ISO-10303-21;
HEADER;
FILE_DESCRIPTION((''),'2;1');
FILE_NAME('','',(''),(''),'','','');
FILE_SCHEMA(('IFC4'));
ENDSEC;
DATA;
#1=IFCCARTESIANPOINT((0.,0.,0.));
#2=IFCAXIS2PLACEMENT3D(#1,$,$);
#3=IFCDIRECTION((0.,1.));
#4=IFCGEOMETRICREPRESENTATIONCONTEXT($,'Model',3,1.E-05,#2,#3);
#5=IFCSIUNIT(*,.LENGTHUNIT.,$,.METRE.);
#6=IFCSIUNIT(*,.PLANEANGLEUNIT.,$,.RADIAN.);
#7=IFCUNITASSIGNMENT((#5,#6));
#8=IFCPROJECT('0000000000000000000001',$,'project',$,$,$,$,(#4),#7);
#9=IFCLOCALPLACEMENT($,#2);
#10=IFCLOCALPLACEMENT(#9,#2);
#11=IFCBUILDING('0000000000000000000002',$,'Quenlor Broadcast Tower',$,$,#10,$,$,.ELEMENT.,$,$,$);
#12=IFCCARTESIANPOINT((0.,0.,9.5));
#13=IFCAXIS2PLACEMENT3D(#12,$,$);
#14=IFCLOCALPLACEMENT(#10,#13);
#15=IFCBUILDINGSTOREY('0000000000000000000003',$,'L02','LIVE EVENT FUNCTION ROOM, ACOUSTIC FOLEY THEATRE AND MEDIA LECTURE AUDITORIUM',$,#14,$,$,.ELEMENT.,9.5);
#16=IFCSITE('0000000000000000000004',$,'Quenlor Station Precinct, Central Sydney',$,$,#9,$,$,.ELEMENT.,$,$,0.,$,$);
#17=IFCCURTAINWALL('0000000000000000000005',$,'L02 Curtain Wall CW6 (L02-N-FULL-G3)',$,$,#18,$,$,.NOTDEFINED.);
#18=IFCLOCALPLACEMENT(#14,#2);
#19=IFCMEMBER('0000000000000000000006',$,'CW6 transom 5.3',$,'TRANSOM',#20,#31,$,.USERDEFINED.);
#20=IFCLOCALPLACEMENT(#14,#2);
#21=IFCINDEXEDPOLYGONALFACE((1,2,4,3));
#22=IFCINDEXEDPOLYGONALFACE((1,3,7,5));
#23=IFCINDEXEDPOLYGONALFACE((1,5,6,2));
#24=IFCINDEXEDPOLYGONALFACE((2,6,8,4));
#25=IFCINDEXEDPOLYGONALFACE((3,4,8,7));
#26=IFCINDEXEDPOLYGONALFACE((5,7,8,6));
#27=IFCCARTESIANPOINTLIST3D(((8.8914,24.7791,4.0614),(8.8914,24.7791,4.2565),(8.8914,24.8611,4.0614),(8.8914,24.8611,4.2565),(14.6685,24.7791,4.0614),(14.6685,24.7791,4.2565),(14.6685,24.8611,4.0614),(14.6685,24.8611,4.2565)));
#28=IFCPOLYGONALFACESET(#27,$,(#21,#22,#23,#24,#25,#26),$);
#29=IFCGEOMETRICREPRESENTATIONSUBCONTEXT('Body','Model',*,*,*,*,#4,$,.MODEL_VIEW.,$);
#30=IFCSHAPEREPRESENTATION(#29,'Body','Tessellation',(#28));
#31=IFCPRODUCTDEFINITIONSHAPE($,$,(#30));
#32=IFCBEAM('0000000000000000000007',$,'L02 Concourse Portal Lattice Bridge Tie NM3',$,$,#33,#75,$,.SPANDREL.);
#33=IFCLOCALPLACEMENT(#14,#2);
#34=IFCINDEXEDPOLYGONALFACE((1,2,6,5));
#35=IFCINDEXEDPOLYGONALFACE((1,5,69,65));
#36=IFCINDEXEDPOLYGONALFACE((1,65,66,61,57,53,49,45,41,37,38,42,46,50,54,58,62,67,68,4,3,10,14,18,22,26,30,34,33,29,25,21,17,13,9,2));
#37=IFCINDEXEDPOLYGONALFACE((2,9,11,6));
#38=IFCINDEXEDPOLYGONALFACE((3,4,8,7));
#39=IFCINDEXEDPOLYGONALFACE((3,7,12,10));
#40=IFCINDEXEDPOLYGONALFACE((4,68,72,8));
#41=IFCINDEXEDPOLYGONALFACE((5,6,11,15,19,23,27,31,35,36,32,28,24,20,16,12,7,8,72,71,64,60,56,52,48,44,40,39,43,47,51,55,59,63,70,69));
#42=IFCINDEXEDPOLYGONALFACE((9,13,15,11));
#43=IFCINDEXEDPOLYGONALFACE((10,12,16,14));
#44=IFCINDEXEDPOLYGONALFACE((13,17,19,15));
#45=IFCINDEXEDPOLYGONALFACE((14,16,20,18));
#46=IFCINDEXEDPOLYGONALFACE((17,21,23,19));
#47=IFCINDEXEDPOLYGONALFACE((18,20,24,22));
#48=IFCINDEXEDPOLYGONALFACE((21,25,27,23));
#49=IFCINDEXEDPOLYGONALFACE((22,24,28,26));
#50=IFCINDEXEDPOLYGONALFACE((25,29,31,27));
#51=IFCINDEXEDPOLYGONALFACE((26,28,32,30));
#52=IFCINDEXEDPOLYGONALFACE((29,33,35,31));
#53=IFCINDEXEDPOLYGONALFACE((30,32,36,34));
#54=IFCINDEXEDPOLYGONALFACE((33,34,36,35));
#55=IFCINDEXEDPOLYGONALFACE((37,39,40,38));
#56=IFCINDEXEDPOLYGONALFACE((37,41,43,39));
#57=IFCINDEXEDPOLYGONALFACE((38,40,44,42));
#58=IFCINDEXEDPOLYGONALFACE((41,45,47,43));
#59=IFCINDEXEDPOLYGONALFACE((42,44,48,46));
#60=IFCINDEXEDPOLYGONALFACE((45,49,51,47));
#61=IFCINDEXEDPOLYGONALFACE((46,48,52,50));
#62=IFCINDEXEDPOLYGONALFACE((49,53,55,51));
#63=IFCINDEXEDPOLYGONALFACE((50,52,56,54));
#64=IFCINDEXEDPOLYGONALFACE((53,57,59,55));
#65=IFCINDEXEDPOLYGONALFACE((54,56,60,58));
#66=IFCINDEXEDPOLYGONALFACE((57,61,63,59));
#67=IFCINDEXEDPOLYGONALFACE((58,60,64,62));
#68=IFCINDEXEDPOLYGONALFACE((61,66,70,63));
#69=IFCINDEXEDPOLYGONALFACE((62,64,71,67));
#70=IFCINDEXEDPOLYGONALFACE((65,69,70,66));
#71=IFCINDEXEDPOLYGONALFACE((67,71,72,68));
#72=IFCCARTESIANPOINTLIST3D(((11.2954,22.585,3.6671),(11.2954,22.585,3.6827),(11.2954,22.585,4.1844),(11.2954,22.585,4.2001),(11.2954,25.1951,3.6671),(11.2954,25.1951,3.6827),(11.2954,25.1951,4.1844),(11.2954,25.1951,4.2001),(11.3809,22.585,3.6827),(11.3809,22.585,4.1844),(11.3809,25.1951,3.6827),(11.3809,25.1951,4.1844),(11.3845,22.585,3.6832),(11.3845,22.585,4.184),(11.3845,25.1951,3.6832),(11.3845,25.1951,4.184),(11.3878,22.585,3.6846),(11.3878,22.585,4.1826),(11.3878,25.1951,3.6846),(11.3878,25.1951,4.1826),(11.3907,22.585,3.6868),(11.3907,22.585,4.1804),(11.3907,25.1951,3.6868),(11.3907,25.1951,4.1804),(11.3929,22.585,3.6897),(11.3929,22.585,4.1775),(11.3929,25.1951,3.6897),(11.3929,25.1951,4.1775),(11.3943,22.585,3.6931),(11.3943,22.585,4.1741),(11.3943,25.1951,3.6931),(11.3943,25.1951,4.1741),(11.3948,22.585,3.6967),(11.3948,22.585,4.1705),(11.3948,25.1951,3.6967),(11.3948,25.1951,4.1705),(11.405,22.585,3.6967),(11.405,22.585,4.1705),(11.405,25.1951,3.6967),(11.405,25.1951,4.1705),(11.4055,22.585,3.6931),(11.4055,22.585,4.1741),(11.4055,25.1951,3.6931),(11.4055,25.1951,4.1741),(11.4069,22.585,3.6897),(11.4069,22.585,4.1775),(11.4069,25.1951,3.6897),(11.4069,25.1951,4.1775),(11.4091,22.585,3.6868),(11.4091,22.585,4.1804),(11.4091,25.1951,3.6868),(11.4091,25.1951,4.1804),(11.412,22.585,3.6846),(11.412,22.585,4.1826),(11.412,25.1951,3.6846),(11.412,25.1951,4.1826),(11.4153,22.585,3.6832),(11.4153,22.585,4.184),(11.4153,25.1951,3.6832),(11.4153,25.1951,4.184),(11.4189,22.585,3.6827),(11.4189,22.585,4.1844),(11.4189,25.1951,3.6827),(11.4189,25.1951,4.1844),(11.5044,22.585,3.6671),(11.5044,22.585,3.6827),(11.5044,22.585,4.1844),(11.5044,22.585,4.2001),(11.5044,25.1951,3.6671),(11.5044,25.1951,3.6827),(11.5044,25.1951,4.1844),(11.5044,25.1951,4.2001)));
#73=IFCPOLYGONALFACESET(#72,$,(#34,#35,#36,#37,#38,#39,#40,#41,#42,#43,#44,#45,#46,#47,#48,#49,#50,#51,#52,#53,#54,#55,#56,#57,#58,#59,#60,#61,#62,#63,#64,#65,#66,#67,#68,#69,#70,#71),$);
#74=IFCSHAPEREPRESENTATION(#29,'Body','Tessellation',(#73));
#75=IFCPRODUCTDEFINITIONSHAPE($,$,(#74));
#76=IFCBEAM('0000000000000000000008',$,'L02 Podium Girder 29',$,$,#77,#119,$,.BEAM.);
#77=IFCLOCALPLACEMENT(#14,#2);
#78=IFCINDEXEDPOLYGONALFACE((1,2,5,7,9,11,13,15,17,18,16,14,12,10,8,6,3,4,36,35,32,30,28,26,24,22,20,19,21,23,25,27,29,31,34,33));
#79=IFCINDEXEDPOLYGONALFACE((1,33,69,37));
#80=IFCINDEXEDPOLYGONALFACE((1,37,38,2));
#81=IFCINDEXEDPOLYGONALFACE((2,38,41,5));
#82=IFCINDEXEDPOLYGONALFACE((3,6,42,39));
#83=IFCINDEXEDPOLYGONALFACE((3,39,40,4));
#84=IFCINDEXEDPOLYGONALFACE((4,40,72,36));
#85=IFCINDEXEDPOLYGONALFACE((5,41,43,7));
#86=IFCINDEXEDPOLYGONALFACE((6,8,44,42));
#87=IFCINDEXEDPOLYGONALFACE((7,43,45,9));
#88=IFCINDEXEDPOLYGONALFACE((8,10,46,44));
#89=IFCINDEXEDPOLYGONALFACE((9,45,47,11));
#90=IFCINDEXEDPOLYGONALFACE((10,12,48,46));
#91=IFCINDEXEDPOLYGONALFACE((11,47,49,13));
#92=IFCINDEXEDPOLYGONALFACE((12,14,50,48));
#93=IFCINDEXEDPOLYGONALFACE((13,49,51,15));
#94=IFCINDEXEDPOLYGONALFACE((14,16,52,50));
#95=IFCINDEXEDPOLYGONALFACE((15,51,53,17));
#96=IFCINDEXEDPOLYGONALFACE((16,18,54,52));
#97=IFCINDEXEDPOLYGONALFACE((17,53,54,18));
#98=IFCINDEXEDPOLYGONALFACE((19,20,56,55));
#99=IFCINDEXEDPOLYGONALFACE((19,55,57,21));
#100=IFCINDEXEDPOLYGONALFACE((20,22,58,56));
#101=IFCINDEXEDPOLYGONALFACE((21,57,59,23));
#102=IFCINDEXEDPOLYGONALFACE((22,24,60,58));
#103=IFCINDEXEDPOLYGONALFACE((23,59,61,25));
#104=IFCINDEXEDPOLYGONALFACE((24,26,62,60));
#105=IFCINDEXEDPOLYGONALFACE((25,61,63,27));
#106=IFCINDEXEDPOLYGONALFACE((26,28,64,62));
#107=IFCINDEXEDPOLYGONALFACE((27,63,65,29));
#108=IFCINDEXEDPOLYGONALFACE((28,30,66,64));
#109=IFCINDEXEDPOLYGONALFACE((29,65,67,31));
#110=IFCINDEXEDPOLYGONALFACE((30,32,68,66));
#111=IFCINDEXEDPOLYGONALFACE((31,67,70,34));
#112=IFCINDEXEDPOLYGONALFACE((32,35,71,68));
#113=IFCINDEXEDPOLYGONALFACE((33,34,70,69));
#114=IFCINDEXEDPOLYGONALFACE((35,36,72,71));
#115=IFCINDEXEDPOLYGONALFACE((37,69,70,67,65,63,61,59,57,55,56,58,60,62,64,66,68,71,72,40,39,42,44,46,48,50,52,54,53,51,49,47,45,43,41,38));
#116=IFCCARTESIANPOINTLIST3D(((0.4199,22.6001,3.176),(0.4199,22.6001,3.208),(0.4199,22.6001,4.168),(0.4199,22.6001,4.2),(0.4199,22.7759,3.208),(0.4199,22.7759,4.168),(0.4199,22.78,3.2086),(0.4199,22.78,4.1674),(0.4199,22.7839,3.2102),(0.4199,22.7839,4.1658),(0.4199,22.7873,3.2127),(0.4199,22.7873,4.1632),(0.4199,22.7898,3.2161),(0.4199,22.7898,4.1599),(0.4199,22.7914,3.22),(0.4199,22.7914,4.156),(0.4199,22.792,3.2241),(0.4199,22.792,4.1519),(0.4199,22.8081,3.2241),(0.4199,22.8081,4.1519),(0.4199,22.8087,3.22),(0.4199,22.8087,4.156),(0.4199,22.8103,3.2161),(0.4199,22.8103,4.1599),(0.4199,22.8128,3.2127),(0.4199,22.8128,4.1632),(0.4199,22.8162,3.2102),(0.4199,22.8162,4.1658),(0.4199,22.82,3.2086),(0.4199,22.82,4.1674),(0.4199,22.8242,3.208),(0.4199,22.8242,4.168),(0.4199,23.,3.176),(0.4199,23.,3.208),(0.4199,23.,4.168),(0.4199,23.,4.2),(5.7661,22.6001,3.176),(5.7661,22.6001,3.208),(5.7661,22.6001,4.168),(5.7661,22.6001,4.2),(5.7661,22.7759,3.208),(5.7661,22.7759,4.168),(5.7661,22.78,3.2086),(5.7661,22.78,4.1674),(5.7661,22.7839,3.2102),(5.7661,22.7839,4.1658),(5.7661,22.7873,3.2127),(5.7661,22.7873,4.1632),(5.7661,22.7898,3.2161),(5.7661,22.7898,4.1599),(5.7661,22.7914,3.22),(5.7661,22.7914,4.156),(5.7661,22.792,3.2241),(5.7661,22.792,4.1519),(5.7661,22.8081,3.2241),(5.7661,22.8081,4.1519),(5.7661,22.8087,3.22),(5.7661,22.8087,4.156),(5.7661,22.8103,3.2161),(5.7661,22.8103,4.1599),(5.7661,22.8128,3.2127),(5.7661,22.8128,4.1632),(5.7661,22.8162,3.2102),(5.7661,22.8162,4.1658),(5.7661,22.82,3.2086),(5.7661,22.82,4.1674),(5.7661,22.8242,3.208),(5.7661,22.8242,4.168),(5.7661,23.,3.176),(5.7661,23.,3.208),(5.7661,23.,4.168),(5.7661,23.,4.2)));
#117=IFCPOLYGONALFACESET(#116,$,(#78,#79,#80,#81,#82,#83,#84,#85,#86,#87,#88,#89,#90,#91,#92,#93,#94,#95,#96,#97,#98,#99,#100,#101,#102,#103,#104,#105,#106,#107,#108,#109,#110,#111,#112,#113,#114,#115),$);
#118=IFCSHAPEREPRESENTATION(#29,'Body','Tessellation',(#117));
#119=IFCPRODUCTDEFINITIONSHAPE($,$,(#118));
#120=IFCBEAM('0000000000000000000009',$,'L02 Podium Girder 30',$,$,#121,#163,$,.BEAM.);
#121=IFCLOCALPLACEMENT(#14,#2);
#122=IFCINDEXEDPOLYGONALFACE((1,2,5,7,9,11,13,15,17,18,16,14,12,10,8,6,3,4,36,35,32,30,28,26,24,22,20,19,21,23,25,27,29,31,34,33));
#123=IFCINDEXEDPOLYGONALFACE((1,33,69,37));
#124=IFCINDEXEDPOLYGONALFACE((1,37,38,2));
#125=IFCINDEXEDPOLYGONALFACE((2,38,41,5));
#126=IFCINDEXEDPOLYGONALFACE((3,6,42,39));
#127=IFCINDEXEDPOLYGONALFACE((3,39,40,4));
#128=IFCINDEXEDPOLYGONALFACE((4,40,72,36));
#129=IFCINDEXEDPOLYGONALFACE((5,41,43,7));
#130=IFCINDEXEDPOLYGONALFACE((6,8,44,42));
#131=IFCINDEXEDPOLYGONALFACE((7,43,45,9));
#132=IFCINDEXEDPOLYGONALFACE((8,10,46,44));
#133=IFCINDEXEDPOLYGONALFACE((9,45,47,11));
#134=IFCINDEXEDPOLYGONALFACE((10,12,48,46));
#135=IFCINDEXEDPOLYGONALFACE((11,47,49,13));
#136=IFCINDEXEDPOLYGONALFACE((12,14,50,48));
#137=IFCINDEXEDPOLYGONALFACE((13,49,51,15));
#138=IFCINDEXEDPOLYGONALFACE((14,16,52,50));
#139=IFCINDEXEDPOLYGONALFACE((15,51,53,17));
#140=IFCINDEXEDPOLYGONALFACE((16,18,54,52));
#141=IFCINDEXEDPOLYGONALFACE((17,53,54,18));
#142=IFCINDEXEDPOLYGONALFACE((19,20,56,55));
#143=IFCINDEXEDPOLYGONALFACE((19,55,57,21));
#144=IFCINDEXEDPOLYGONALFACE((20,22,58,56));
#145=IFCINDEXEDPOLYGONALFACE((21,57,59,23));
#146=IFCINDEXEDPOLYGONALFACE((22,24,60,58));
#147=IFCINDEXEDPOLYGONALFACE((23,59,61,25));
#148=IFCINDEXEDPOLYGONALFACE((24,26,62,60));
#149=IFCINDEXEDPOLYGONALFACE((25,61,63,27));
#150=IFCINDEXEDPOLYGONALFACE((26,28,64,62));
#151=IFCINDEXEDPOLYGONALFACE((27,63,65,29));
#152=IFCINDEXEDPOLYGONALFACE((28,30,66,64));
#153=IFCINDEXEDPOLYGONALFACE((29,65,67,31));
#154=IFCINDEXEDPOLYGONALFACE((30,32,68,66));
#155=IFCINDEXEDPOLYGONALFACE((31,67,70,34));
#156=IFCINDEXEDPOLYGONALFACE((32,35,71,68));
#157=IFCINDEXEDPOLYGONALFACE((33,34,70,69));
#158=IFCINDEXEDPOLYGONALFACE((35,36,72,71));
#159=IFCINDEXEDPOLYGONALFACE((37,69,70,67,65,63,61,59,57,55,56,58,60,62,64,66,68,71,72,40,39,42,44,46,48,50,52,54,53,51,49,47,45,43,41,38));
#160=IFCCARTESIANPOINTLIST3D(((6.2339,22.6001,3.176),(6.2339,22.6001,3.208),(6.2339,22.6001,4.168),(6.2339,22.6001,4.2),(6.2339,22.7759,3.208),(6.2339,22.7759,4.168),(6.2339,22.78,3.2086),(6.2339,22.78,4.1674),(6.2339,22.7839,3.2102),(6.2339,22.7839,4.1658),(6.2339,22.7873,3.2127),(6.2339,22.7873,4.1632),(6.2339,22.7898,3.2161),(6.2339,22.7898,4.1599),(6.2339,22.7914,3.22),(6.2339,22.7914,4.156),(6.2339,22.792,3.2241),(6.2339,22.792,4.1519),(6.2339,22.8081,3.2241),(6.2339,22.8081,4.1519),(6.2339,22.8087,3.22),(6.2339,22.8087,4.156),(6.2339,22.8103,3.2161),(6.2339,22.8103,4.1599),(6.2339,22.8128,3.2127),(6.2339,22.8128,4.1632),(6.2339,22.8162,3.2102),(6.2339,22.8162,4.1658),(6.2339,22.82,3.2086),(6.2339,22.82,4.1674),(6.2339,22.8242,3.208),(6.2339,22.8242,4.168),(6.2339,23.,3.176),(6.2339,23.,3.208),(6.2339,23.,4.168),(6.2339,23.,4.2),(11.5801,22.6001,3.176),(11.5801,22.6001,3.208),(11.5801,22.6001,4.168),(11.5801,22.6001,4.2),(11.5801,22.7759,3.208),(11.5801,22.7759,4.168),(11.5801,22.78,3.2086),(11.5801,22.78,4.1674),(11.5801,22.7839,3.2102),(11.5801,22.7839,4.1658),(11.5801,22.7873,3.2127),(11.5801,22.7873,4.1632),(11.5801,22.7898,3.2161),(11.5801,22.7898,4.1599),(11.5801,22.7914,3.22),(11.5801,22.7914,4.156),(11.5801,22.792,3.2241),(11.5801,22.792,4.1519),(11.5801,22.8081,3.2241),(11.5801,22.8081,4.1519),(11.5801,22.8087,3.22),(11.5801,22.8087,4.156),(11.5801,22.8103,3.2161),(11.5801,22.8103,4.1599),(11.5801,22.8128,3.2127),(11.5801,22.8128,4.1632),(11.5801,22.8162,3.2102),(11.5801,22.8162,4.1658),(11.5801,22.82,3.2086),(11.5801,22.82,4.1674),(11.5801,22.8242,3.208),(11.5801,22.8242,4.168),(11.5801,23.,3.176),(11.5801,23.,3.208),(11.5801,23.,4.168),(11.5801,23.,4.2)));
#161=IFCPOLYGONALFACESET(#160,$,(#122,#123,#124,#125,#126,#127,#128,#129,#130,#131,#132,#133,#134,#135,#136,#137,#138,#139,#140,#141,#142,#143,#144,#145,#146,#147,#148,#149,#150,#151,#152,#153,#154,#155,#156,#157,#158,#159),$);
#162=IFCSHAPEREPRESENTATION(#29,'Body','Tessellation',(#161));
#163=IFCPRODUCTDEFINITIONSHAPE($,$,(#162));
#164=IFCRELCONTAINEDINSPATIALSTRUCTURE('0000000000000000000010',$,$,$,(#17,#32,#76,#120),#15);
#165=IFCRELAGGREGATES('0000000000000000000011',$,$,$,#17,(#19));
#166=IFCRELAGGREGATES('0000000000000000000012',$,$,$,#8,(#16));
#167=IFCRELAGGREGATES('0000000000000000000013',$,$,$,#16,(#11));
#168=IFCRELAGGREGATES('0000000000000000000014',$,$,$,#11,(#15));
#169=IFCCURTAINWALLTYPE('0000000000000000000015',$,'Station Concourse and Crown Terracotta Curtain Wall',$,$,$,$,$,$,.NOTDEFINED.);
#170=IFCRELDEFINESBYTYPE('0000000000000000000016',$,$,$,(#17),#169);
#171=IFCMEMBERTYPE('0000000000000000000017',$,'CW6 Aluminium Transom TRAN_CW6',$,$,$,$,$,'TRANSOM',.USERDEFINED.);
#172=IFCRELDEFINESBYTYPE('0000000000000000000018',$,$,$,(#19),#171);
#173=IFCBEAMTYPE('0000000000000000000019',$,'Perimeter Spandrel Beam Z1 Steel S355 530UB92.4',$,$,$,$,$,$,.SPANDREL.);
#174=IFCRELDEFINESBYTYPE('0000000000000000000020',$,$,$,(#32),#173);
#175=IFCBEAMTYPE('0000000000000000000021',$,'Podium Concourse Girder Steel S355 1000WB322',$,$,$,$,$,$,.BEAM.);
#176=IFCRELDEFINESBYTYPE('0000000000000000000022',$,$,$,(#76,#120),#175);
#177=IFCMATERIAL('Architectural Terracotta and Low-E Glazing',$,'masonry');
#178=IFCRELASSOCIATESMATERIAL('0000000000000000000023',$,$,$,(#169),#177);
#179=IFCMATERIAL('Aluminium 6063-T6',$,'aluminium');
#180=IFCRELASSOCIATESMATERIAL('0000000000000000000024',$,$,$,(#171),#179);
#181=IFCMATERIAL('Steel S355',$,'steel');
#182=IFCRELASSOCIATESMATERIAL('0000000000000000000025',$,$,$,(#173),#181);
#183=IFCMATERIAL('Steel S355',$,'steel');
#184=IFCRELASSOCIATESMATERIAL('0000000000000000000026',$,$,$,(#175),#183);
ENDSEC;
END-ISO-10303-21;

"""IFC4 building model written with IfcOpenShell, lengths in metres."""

from ifc_helpers import new_model, si_unit, direction, frame, origin, origin_2d, place, context, subcontext, project, spatial, rectangle, i_section, extrude, material, material_profile, profile_set, type_object, element, aggregate, save


model = new_model("IFC4")

# Units and contexts
model_context = context("Model", 3, precision=1e-05, world=origin(), true_north=direction((0.0, 1.0)))
body_context = subcontext(model_context, "Body", "Model", "MODEL_VIEW")
ifc_project = project(units=[si_unit("LENGTHUNIT", "METRE"), si_unit("PLANEANGLEUNIT", "RADIAN")], contexts=[model_context])

# Site, building, storey
site_placement = place(None, origin())
site = spatial("IfcSite", under=ifc_project, at=site_placement, Name="Quenlor Station Precinct, Central Sydney", CompositionType="ELEMENT", RefElevation=0.0)
building_placement = place(site_placement, origin())
building = spatial("IfcBuilding", under=site, at=building_placement, Name="Quenlor Broadcast Tower", CompositionType="ELEMENT")
storey_placement = place(building_placement, frame((0.0, 0.0, 9.5)))
storey = spatial("IfcBuildingStorey", under=building, at=storey_placement, Name="L02", Description="LIVE EVENT FUNCTION ROOM, ACOUSTIC FOLEY THEATRE AND MEDIA LECTURE AUDITORIUM", CompositionType="ELEMENT", Elevation=9.5)

# Curtain wall, member
ifc_material_1 = material(Name="Architectural Terracotta and Low-E Glazing", Category="masonry")
curtain_wall_type = type_object("IfcCurtainWallType", Name="Station Concourse and Crown Terracotta Curtain Wall", PredefinedType="NOTDEFINED", material=ifc_material_1)
curtain_wall_placement = place(storey_placement, origin())
curtain_wall = element("IfcCurtainWall", 1, at=curtain_wall_placement, inside=storey, type_object=curtain_wall_type, Name="L02 Curtain Wall CW6 (L02-N-FULL-G3)", PredefinedType="NOTDEFINED")
ifc_material_2 = material(Name="Aluminium 6063-T6", Category="aluminium")
ifc_material_profile_1 = material_profile(ifc_material_2, rectangle(XDim=0.082, YDim=0.1951, at=origin_2d()))
ifc_profile_set_1 = profile_set([ifc_material_profile_1], Name="Aluminium 6063-T6 TRAN82x195")
member_type_1 = type_object("IfcMemberType", Name="CW6 Aluminium Transom TRAN_CW6", ElementType="TRANSOM", PredefinedType="USERDEFINED", material=ifc_profile_set_1)
member_1_placement = place(storey_placement, frame((8.8914, 24.8201, 4.1589), z_axis=(1.0, 0.0, 0.0), x_axis=(0.0, 1.0, 0.0)))
member_1 = element("IfcMember", 2, at=member_1_placement, type_object=member_type_1, Name="CW6 transom 5.3", ObjectType="TRANSOM", PredefinedType="USERDEFINED", context=body_context, shape_type="SweptSolid", body=[
    extrude(rectangle(XDim=0.082, YDim=0.1951, at=origin_2d()), origin(), (0.0, 0.0, 1.0), 5.7771),
])

# Beams
ifc_material_3 = material(Name="Steel S355", Category="steel")
ifc_material_profile_2 = material_profile(ifc_material_3, i_section(OverallWidth=0.209, OverallDepth=0.533, WebThickness=0.0103, FlangeThickness=0.0156, FilletRadius=0.0139, at=origin_2d()))
ifc_profile_set_2 = profile_set([ifc_material_profile_2], Name="Steel S355 530UB92.4")
beam_type_1 = type_object("IfcBeamType", Name="Perimeter Spandrel Beam Z1 Steel S355 530UB92.4", PredefinedType="SPANDREL", material=ifc_profile_set_2)
beam_1_placement = place(storey_placement, frame((11.3999, 22.585, 3.9336), z_axis=(0.0, 1.0, 0.0), x_axis=(-1.0, 0.0, 0.0)))
element("IfcBeam", 3, at=beam_1_placement, inside=storey, type_object=beam_type_1, Name="L02 Concourse Portal Lattice Bridge Tie NM3", PredefinedType="SPANDREL", context=body_context, shape_type="SweptSolid", body=[
    extrude(i_section(OverallWidth=0.209, OverallDepth=0.533, WebThickness=0.0103, FlangeThickness=0.0156, FilletRadius=0.0139, at=origin_2d()), origin(), (0.0, 0.0, 1.0), 2.6101),
])
ifc_material_4 = material(Name="Steel S355", Category="steel")
ifc_material_profile_3 = material_profile(ifc_material_4, i_section(OverallWidth=0.3999, OverallDepth=1.0239, WebThickness=0.0161, FlangeThickness=0.032, FilletRadius=0.0161, at=origin_2d()))
ifc_profile_set_3 = profile_set([ifc_material_profile_3], Name="Steel S355 1000WB322")
beam_type_2 = type_object("IfcBeamType", Name="Podium Concourse Girder Steel S355 1000WB322", PredefinedType="BEAM", material=ifc_profile_set_3)
for number, where, z_axis, x_axis, name in (
    (4, (0.4199, 22.8, 3.688), (1.0, 0.0, 0.0), (0.0, 1.0, 0.0), "L02 Podium Girder 29"),
    (5, (6.2339, 22.8, 3.688), (1.0, 0.0, 0.0), (0.0, 1.0, 0.0), "L02 Podium Girder 30"),
):
    element("IfcBeam", number, at=place(storey_placement, frame(where, z_axis=z_axis, x_axis=x_axis)), inside=storey, type_object=beam_type_2, Name=name, PredefinedType="BEAM", context=body_context, shape_type="SweptSolid", body=[
        extrude(i_section(OverallWidth=0.3999, OverallDepth=1.0239, WebThickness=0.0161, FlangeThickness=0.032, FilletRadius=0.0161, at=origin_2d()), origin(), (0.0, 0.0, 1.0), 5.3462),
    ])

aggregate(curtain_wall, [member_1])

save(model, "model.ifc")
